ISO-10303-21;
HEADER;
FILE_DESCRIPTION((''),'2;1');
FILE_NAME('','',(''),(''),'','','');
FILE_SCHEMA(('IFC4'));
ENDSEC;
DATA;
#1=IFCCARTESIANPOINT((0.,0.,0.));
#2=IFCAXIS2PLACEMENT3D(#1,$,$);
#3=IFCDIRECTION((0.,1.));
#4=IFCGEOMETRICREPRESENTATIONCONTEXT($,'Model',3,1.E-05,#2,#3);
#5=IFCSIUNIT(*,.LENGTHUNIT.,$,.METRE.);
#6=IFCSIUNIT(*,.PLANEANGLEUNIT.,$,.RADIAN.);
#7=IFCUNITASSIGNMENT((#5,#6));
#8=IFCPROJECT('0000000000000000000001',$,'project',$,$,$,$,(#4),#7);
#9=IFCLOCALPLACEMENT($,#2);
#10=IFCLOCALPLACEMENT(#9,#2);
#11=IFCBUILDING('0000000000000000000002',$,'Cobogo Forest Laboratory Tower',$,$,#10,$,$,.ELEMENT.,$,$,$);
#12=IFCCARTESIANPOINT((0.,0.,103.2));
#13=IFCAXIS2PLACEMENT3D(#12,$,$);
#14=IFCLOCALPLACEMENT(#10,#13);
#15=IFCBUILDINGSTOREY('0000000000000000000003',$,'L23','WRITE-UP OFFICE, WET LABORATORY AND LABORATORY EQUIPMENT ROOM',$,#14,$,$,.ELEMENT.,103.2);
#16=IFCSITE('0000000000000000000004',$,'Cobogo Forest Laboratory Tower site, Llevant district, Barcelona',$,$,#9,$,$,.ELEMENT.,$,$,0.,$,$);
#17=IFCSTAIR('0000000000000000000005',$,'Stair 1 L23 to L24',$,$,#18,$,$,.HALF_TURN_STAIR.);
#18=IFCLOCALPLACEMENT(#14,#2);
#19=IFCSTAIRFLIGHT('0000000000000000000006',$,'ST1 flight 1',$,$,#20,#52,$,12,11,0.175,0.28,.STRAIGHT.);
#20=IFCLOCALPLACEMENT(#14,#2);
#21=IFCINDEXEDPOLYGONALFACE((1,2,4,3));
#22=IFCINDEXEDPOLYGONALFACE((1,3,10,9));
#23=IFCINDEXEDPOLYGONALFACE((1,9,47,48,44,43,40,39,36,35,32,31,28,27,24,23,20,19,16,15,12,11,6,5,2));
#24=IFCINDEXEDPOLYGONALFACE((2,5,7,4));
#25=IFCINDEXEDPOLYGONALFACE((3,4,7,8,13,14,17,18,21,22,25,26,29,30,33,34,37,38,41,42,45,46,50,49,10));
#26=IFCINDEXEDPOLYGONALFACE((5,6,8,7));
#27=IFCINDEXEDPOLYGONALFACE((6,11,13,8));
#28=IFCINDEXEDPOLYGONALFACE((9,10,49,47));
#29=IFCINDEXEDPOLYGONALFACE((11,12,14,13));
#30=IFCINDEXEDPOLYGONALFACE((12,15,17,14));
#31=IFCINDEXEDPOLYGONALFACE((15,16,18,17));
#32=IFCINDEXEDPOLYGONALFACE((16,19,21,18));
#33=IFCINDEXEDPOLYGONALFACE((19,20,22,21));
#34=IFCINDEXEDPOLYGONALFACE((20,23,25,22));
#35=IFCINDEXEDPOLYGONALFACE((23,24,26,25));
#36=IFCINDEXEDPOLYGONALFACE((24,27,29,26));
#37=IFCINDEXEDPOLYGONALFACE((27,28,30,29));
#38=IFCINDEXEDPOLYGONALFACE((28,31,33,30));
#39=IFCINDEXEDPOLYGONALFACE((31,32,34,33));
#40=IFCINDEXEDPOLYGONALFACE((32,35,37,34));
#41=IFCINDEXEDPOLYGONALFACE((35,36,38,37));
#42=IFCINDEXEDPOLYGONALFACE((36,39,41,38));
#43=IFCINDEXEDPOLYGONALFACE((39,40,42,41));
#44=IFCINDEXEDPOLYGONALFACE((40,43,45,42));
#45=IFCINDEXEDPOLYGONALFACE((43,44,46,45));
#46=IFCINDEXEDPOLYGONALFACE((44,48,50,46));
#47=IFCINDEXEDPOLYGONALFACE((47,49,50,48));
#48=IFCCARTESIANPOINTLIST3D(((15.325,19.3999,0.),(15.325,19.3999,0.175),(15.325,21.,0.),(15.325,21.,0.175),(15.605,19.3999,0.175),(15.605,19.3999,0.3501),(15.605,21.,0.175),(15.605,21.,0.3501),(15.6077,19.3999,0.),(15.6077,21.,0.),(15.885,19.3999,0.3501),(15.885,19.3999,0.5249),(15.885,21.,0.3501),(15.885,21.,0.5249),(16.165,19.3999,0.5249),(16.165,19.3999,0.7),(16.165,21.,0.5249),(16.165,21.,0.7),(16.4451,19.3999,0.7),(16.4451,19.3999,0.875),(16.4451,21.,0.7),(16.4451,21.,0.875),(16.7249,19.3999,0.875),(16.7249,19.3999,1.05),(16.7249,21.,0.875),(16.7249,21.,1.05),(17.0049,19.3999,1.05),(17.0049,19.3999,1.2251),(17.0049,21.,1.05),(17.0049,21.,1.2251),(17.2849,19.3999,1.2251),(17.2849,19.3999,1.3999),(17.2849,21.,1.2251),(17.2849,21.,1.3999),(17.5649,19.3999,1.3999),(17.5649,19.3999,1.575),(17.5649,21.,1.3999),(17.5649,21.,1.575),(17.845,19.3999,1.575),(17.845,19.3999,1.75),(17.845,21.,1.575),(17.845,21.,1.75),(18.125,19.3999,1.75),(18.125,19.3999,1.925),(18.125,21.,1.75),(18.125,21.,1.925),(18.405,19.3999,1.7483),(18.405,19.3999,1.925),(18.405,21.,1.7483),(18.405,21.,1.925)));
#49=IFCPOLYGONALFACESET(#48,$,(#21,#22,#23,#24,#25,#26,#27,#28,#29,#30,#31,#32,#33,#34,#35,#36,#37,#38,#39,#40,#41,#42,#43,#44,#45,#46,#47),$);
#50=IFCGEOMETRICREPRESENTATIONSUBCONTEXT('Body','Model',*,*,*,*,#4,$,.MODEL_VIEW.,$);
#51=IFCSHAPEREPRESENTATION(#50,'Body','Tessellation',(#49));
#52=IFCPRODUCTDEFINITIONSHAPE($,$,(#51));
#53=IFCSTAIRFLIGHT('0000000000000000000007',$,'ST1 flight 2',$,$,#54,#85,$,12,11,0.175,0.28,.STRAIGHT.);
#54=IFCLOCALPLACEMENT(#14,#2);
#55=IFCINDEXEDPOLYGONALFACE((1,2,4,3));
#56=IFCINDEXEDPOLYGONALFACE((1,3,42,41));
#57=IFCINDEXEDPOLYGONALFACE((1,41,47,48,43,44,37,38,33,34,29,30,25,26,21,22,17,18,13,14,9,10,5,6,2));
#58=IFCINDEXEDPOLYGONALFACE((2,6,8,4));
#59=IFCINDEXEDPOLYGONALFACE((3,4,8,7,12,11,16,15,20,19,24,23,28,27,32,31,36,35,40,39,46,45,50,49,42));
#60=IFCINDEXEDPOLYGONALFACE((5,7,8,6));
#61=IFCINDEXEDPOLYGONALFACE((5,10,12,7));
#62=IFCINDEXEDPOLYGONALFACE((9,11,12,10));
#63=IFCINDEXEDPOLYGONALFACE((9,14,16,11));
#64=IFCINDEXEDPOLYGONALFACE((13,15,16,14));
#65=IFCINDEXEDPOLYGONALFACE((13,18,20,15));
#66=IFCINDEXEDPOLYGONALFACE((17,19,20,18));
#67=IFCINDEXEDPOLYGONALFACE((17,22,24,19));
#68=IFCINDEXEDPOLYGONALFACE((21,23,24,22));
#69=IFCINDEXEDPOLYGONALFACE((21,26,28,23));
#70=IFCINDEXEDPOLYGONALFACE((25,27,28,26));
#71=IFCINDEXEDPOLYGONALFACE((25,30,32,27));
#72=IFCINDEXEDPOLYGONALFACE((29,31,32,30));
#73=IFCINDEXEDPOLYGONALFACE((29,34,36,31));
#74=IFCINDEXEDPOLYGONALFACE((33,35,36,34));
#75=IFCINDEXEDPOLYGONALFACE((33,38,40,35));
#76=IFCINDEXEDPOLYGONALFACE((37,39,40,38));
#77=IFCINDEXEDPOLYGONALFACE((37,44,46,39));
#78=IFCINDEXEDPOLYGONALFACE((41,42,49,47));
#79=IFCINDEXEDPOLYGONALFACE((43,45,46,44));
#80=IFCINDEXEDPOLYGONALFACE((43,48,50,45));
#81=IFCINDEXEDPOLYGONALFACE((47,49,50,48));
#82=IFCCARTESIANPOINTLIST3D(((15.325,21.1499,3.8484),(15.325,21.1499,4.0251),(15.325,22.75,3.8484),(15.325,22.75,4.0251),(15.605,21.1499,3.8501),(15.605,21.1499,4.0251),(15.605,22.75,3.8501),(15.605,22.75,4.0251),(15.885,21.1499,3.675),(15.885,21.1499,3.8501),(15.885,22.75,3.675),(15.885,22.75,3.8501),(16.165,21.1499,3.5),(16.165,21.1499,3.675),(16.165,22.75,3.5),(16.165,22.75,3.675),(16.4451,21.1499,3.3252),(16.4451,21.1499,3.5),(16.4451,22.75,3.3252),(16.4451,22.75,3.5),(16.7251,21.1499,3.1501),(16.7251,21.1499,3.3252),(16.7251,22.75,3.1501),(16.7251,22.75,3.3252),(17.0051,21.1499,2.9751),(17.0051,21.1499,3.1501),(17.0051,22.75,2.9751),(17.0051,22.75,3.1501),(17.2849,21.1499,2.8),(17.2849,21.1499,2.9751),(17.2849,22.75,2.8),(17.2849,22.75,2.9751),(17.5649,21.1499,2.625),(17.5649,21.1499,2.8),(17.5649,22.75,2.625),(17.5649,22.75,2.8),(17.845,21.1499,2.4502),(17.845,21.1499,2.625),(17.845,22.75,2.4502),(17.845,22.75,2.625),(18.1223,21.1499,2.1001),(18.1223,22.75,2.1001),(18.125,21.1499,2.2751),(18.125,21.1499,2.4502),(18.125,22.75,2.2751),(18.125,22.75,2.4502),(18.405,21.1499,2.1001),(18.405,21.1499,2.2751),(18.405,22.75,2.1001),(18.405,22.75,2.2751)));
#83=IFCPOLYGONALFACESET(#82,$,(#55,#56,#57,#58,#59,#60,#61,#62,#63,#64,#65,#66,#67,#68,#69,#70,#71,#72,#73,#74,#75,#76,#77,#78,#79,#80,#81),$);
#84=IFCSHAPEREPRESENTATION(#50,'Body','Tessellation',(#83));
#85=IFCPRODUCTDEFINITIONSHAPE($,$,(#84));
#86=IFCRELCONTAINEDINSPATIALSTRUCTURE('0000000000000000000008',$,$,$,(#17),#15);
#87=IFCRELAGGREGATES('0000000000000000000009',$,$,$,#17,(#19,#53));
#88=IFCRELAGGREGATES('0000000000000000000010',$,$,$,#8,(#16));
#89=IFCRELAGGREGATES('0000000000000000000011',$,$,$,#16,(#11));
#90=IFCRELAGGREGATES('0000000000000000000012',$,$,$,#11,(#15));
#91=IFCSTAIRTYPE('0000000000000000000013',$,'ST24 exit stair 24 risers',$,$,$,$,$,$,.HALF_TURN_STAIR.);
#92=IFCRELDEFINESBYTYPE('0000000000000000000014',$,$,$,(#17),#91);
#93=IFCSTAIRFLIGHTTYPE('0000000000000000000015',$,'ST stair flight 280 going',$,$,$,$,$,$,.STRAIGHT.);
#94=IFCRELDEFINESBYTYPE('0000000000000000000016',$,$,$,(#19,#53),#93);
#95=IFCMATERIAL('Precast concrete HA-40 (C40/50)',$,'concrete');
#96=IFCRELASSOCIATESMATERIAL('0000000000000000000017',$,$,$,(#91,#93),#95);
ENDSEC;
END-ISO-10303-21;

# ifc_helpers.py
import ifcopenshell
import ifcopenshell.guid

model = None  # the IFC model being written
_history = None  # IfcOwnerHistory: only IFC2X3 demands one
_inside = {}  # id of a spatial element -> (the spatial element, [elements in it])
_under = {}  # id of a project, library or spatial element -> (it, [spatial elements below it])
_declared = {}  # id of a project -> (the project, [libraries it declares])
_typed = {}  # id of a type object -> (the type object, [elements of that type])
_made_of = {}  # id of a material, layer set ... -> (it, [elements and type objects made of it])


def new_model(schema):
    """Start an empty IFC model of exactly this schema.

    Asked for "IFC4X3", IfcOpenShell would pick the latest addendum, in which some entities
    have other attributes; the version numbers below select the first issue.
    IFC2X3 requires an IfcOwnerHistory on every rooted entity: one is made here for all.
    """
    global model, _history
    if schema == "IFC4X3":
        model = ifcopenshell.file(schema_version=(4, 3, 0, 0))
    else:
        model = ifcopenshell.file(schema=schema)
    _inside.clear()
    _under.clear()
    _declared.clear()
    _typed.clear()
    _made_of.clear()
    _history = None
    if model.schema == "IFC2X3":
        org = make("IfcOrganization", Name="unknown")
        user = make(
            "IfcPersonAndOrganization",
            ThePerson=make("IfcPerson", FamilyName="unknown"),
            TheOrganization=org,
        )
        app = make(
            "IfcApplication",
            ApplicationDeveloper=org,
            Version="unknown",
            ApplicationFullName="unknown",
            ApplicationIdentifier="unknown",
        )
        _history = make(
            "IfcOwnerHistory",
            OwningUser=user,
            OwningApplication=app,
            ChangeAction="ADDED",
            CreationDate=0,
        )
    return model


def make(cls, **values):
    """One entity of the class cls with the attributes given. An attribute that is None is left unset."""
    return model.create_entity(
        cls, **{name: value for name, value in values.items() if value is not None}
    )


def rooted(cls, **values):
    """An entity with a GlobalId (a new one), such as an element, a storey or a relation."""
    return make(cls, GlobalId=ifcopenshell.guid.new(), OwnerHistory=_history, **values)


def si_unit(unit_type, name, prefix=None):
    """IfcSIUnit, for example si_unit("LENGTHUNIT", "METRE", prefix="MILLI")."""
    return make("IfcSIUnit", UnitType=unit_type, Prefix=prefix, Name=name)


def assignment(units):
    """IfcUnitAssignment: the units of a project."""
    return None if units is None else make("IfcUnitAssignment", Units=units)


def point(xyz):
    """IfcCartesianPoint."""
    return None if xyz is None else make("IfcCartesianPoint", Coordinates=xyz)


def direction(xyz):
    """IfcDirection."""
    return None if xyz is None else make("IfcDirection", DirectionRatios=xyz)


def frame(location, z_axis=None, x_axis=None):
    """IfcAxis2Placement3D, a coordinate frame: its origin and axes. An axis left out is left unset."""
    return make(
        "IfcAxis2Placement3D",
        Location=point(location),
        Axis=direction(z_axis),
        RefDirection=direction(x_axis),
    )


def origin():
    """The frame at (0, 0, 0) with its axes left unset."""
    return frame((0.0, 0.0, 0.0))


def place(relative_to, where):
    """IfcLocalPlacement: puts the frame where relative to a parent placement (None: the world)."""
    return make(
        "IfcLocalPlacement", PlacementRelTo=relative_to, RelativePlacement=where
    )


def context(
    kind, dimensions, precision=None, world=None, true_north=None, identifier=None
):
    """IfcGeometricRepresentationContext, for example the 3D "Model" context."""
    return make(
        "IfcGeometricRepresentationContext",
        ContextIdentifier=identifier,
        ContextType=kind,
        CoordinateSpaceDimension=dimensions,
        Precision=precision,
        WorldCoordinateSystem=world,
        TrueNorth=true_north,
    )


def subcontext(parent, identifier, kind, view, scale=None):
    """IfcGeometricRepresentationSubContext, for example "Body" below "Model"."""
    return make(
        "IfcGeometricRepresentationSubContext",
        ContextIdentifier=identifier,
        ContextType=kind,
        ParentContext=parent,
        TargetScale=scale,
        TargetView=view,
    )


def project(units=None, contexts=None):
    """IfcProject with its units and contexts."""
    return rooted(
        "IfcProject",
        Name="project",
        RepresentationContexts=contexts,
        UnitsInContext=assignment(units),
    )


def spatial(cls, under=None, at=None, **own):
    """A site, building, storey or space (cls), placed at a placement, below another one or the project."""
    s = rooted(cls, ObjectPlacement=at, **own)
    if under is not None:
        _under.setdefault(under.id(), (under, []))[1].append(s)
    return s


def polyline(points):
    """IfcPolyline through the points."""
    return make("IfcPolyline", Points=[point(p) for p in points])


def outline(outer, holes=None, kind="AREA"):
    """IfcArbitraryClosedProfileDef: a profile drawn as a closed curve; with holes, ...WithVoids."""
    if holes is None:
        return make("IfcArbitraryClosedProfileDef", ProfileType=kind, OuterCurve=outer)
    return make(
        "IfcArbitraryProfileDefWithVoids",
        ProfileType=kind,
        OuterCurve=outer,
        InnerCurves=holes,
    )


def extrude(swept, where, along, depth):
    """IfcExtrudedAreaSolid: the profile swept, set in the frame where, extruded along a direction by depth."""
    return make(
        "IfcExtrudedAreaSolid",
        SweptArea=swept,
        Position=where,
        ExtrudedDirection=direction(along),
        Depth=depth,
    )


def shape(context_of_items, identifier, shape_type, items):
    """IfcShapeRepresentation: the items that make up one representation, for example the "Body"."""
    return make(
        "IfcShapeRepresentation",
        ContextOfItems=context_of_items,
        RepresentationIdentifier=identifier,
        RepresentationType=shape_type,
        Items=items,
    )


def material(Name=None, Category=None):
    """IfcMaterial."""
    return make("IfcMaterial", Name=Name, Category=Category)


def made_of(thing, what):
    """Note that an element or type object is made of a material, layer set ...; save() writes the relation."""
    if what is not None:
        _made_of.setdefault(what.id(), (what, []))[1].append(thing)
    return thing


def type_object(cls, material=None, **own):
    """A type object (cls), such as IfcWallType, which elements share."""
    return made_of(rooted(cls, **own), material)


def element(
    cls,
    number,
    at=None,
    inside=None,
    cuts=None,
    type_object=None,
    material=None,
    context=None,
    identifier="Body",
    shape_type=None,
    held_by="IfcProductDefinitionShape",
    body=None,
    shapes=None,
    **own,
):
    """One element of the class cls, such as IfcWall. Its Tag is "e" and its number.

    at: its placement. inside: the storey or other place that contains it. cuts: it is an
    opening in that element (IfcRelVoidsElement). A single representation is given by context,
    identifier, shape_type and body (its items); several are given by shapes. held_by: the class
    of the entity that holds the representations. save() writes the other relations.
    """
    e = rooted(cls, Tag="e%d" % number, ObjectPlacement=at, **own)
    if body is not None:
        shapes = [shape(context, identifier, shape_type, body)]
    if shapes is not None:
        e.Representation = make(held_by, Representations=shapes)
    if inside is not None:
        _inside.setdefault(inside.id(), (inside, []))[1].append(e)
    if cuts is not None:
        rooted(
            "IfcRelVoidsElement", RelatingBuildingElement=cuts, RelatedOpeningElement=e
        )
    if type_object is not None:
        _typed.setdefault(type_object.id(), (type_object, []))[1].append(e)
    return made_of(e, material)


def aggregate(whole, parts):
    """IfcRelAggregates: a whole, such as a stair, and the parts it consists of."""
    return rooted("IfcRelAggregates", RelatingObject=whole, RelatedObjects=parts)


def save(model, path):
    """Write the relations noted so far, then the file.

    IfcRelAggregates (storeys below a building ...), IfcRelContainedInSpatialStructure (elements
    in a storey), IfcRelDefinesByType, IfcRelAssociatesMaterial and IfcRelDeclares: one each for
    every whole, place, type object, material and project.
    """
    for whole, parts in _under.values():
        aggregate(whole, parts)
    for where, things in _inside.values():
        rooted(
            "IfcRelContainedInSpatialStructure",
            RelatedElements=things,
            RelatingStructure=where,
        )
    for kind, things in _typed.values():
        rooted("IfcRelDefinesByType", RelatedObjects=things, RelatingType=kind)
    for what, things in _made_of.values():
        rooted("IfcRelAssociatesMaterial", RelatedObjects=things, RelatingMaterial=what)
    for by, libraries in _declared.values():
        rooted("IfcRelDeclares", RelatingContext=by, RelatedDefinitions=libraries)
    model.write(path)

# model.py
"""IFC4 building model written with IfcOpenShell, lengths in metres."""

from ifc_helpers import new_model, si_unit, direction, frame, origin, place, context, subcontext, project, spatial, polyline, outline, extrude, material, type_object, element, aggregate, save


model = new_model("IFC4")

# Units and contexts
model_context = context("Model", 3, precision=1e-05, world=origin(), true_north=direction((0.0, 1.0)))
body_context = subcontext(model_context, "Body", "Model", "MODEL_VIEW")
ifc_project = project(units=[si_unit("LENGTHUNIT", "METRE"), si_unit("PLANEANGLEUNIT", "RADIAN")], contexts=[model_context])

# Site, building, storey
site_placement = place(None, origin())
site = spatial("IfcSite", under=ifc_project, at=site_placement, Name="Cobogo Forest Laboratory Tower site, Llevant district, Barcelona", CompositionType="ELEMENT", RefElevation=0.0)
building_placement = place(site_placement, origin())
building = spatial("IfcBuilding", under=site, at=building_placement, Name="Cobogo Forest Laboratory Tower", CompositionType="ELEMENT")
storey_placement = place(building_placement, frame((0.0, 0.0, 103.2)))
storey = spatial("IfcBuildingStorey", under=building, at=storey_placement, Name="L23", Description="WRITE-UP OFFICE, WET LABORATORY AND LABORATORY EQUIPMENT ROOM", CompositionType="ELEMENT", Elevation=103.2)

# Stair, stair flights
ifc_material_1 = material(Name="Precast concrete HA-40 (C40/50)", Category="concrete")
stair_type = type_object("IfcStairType", Name="ST24 exit stair 24 risers", PredefinedType="HALF_TURN_STAIR", material=ifc_material_1)
stair_placement = place(storey_placement, origin())
stair = element("IfcStair", 1, at=stair_placement, inside=storey, type_object=stair_type, Name="Stair 1 L23 to L24", PredefinedType="HALF_TURN_STAIR")
stair_flight_type = type_object("IfcStairFlightType", Name="ST stair flight 280 going", PredefinedType="STRAIGHT", material=ifc_material_1)
stair_flight_1_placement = place(storey_placement, frame((15.325, 20.2, 0.0), z_axis=(0.0, 0.0, 1.0), x_axis=(1.0, 0.0, 0.0)))
stair_flight_1 = element("IfcStairFlight", 2, at=stair_flight_1_placement, type_object=stair_flight_type, Name="ST1 flight 1", NumberOfRisers=12, NumberOfTreads=11, PredefinedType="STRAIGHT", RiserHeight=0.175, TreadLength=0.28, context=body_context, shape_type="SweptSolid", body=[
    extrude(outline(polyline([(0.0, 0.0), (0.0, 0.175), (0.28, 0.175), (0.28, 0.3501), (0.5601, 0.3501), (0.5601, 0.5249), (0.8401, 0.5249), (0.8401, 0.7), (1.1201, 0.7), (1.1201, 0.875), (1.3999, 0.875), (1.3999, 1.05), (1.6799, 1.05), (1.6799, 1.2251), (1.96, 1.2251), (1.96, 1.3999), (2.24, 1.3999), (2.24, 1.575), (2.52, 1.575), (2.52, 1.75), (2.8, 1.75), (2.8, 1.925), (3.0801, 1.925), (3.0801, 2.1001), (3.0801, 1.7483), (0.2827, 0.0), (0.0, 0.0)])), frame((0.0, 0.8, 0.0), z_axis=(0.0, -1.0, 0.0), x_axis=(1.0, 0.0, 0.0)), (0.0, 0.0, 1.0), 1.6001),
])
stair_flight_2_placement = place(storey_placement, frame((18.405, 21.95, 2.1001), z_axis=(0.0, 0.0, 1.0), x_axis=(-1.0, 0.0, 0.0)))
stair_flight_2 = element("IfcStairFlight", 3, at=stair_flight_2_placement, type_object=stair_flight_type, Name="ST1 flight 2", NumberOfRisers=12, NumberOfTreads=11, PredefinedType="STRAIGHT", RiserHeight=0.175, TreadLength=0.28, context=body_context, shape_type="SweptSolid", body=[
    extrude(outline(polyline([(0.0, 0.0), (0.0, 0.175), (0.28, 0.175), (0.28, 0.3501), (0.5601, 0.3501), (0.5601, 0.5249), (0.8401, 0.5249), (0.8401, 0.7), (1.1201, 0.7), (1.1201, 0.875), (1.3999, 0.875), (1.3999, 1.05), (1.6799, 1.05), (1.6799, 1.2251), (1.96, 1.2251), (1.96, 1.3999), (2.24, 1.3999), (2.24, 1.575), (2.52, 1.575), (2.52, 1.75), (2.8, 1.75), (2.8, 1.925), (3.0801, 1.925), (3.0801, 2.1001), (3.0801, 1.7483), (0.2827, 0.0), (0.0, 0.0)])), frame((0.0, 0.8, 0.0), z_axis=(0.0, -1.0, 0.0), x_axis=(1.0, 0.0, 0.0)), (0.0, 0.0, 1.0), 1.6001),
])
aggregate(stair, [stair_flight_1, stair_flight_2])

save(model, "model.ifc")
